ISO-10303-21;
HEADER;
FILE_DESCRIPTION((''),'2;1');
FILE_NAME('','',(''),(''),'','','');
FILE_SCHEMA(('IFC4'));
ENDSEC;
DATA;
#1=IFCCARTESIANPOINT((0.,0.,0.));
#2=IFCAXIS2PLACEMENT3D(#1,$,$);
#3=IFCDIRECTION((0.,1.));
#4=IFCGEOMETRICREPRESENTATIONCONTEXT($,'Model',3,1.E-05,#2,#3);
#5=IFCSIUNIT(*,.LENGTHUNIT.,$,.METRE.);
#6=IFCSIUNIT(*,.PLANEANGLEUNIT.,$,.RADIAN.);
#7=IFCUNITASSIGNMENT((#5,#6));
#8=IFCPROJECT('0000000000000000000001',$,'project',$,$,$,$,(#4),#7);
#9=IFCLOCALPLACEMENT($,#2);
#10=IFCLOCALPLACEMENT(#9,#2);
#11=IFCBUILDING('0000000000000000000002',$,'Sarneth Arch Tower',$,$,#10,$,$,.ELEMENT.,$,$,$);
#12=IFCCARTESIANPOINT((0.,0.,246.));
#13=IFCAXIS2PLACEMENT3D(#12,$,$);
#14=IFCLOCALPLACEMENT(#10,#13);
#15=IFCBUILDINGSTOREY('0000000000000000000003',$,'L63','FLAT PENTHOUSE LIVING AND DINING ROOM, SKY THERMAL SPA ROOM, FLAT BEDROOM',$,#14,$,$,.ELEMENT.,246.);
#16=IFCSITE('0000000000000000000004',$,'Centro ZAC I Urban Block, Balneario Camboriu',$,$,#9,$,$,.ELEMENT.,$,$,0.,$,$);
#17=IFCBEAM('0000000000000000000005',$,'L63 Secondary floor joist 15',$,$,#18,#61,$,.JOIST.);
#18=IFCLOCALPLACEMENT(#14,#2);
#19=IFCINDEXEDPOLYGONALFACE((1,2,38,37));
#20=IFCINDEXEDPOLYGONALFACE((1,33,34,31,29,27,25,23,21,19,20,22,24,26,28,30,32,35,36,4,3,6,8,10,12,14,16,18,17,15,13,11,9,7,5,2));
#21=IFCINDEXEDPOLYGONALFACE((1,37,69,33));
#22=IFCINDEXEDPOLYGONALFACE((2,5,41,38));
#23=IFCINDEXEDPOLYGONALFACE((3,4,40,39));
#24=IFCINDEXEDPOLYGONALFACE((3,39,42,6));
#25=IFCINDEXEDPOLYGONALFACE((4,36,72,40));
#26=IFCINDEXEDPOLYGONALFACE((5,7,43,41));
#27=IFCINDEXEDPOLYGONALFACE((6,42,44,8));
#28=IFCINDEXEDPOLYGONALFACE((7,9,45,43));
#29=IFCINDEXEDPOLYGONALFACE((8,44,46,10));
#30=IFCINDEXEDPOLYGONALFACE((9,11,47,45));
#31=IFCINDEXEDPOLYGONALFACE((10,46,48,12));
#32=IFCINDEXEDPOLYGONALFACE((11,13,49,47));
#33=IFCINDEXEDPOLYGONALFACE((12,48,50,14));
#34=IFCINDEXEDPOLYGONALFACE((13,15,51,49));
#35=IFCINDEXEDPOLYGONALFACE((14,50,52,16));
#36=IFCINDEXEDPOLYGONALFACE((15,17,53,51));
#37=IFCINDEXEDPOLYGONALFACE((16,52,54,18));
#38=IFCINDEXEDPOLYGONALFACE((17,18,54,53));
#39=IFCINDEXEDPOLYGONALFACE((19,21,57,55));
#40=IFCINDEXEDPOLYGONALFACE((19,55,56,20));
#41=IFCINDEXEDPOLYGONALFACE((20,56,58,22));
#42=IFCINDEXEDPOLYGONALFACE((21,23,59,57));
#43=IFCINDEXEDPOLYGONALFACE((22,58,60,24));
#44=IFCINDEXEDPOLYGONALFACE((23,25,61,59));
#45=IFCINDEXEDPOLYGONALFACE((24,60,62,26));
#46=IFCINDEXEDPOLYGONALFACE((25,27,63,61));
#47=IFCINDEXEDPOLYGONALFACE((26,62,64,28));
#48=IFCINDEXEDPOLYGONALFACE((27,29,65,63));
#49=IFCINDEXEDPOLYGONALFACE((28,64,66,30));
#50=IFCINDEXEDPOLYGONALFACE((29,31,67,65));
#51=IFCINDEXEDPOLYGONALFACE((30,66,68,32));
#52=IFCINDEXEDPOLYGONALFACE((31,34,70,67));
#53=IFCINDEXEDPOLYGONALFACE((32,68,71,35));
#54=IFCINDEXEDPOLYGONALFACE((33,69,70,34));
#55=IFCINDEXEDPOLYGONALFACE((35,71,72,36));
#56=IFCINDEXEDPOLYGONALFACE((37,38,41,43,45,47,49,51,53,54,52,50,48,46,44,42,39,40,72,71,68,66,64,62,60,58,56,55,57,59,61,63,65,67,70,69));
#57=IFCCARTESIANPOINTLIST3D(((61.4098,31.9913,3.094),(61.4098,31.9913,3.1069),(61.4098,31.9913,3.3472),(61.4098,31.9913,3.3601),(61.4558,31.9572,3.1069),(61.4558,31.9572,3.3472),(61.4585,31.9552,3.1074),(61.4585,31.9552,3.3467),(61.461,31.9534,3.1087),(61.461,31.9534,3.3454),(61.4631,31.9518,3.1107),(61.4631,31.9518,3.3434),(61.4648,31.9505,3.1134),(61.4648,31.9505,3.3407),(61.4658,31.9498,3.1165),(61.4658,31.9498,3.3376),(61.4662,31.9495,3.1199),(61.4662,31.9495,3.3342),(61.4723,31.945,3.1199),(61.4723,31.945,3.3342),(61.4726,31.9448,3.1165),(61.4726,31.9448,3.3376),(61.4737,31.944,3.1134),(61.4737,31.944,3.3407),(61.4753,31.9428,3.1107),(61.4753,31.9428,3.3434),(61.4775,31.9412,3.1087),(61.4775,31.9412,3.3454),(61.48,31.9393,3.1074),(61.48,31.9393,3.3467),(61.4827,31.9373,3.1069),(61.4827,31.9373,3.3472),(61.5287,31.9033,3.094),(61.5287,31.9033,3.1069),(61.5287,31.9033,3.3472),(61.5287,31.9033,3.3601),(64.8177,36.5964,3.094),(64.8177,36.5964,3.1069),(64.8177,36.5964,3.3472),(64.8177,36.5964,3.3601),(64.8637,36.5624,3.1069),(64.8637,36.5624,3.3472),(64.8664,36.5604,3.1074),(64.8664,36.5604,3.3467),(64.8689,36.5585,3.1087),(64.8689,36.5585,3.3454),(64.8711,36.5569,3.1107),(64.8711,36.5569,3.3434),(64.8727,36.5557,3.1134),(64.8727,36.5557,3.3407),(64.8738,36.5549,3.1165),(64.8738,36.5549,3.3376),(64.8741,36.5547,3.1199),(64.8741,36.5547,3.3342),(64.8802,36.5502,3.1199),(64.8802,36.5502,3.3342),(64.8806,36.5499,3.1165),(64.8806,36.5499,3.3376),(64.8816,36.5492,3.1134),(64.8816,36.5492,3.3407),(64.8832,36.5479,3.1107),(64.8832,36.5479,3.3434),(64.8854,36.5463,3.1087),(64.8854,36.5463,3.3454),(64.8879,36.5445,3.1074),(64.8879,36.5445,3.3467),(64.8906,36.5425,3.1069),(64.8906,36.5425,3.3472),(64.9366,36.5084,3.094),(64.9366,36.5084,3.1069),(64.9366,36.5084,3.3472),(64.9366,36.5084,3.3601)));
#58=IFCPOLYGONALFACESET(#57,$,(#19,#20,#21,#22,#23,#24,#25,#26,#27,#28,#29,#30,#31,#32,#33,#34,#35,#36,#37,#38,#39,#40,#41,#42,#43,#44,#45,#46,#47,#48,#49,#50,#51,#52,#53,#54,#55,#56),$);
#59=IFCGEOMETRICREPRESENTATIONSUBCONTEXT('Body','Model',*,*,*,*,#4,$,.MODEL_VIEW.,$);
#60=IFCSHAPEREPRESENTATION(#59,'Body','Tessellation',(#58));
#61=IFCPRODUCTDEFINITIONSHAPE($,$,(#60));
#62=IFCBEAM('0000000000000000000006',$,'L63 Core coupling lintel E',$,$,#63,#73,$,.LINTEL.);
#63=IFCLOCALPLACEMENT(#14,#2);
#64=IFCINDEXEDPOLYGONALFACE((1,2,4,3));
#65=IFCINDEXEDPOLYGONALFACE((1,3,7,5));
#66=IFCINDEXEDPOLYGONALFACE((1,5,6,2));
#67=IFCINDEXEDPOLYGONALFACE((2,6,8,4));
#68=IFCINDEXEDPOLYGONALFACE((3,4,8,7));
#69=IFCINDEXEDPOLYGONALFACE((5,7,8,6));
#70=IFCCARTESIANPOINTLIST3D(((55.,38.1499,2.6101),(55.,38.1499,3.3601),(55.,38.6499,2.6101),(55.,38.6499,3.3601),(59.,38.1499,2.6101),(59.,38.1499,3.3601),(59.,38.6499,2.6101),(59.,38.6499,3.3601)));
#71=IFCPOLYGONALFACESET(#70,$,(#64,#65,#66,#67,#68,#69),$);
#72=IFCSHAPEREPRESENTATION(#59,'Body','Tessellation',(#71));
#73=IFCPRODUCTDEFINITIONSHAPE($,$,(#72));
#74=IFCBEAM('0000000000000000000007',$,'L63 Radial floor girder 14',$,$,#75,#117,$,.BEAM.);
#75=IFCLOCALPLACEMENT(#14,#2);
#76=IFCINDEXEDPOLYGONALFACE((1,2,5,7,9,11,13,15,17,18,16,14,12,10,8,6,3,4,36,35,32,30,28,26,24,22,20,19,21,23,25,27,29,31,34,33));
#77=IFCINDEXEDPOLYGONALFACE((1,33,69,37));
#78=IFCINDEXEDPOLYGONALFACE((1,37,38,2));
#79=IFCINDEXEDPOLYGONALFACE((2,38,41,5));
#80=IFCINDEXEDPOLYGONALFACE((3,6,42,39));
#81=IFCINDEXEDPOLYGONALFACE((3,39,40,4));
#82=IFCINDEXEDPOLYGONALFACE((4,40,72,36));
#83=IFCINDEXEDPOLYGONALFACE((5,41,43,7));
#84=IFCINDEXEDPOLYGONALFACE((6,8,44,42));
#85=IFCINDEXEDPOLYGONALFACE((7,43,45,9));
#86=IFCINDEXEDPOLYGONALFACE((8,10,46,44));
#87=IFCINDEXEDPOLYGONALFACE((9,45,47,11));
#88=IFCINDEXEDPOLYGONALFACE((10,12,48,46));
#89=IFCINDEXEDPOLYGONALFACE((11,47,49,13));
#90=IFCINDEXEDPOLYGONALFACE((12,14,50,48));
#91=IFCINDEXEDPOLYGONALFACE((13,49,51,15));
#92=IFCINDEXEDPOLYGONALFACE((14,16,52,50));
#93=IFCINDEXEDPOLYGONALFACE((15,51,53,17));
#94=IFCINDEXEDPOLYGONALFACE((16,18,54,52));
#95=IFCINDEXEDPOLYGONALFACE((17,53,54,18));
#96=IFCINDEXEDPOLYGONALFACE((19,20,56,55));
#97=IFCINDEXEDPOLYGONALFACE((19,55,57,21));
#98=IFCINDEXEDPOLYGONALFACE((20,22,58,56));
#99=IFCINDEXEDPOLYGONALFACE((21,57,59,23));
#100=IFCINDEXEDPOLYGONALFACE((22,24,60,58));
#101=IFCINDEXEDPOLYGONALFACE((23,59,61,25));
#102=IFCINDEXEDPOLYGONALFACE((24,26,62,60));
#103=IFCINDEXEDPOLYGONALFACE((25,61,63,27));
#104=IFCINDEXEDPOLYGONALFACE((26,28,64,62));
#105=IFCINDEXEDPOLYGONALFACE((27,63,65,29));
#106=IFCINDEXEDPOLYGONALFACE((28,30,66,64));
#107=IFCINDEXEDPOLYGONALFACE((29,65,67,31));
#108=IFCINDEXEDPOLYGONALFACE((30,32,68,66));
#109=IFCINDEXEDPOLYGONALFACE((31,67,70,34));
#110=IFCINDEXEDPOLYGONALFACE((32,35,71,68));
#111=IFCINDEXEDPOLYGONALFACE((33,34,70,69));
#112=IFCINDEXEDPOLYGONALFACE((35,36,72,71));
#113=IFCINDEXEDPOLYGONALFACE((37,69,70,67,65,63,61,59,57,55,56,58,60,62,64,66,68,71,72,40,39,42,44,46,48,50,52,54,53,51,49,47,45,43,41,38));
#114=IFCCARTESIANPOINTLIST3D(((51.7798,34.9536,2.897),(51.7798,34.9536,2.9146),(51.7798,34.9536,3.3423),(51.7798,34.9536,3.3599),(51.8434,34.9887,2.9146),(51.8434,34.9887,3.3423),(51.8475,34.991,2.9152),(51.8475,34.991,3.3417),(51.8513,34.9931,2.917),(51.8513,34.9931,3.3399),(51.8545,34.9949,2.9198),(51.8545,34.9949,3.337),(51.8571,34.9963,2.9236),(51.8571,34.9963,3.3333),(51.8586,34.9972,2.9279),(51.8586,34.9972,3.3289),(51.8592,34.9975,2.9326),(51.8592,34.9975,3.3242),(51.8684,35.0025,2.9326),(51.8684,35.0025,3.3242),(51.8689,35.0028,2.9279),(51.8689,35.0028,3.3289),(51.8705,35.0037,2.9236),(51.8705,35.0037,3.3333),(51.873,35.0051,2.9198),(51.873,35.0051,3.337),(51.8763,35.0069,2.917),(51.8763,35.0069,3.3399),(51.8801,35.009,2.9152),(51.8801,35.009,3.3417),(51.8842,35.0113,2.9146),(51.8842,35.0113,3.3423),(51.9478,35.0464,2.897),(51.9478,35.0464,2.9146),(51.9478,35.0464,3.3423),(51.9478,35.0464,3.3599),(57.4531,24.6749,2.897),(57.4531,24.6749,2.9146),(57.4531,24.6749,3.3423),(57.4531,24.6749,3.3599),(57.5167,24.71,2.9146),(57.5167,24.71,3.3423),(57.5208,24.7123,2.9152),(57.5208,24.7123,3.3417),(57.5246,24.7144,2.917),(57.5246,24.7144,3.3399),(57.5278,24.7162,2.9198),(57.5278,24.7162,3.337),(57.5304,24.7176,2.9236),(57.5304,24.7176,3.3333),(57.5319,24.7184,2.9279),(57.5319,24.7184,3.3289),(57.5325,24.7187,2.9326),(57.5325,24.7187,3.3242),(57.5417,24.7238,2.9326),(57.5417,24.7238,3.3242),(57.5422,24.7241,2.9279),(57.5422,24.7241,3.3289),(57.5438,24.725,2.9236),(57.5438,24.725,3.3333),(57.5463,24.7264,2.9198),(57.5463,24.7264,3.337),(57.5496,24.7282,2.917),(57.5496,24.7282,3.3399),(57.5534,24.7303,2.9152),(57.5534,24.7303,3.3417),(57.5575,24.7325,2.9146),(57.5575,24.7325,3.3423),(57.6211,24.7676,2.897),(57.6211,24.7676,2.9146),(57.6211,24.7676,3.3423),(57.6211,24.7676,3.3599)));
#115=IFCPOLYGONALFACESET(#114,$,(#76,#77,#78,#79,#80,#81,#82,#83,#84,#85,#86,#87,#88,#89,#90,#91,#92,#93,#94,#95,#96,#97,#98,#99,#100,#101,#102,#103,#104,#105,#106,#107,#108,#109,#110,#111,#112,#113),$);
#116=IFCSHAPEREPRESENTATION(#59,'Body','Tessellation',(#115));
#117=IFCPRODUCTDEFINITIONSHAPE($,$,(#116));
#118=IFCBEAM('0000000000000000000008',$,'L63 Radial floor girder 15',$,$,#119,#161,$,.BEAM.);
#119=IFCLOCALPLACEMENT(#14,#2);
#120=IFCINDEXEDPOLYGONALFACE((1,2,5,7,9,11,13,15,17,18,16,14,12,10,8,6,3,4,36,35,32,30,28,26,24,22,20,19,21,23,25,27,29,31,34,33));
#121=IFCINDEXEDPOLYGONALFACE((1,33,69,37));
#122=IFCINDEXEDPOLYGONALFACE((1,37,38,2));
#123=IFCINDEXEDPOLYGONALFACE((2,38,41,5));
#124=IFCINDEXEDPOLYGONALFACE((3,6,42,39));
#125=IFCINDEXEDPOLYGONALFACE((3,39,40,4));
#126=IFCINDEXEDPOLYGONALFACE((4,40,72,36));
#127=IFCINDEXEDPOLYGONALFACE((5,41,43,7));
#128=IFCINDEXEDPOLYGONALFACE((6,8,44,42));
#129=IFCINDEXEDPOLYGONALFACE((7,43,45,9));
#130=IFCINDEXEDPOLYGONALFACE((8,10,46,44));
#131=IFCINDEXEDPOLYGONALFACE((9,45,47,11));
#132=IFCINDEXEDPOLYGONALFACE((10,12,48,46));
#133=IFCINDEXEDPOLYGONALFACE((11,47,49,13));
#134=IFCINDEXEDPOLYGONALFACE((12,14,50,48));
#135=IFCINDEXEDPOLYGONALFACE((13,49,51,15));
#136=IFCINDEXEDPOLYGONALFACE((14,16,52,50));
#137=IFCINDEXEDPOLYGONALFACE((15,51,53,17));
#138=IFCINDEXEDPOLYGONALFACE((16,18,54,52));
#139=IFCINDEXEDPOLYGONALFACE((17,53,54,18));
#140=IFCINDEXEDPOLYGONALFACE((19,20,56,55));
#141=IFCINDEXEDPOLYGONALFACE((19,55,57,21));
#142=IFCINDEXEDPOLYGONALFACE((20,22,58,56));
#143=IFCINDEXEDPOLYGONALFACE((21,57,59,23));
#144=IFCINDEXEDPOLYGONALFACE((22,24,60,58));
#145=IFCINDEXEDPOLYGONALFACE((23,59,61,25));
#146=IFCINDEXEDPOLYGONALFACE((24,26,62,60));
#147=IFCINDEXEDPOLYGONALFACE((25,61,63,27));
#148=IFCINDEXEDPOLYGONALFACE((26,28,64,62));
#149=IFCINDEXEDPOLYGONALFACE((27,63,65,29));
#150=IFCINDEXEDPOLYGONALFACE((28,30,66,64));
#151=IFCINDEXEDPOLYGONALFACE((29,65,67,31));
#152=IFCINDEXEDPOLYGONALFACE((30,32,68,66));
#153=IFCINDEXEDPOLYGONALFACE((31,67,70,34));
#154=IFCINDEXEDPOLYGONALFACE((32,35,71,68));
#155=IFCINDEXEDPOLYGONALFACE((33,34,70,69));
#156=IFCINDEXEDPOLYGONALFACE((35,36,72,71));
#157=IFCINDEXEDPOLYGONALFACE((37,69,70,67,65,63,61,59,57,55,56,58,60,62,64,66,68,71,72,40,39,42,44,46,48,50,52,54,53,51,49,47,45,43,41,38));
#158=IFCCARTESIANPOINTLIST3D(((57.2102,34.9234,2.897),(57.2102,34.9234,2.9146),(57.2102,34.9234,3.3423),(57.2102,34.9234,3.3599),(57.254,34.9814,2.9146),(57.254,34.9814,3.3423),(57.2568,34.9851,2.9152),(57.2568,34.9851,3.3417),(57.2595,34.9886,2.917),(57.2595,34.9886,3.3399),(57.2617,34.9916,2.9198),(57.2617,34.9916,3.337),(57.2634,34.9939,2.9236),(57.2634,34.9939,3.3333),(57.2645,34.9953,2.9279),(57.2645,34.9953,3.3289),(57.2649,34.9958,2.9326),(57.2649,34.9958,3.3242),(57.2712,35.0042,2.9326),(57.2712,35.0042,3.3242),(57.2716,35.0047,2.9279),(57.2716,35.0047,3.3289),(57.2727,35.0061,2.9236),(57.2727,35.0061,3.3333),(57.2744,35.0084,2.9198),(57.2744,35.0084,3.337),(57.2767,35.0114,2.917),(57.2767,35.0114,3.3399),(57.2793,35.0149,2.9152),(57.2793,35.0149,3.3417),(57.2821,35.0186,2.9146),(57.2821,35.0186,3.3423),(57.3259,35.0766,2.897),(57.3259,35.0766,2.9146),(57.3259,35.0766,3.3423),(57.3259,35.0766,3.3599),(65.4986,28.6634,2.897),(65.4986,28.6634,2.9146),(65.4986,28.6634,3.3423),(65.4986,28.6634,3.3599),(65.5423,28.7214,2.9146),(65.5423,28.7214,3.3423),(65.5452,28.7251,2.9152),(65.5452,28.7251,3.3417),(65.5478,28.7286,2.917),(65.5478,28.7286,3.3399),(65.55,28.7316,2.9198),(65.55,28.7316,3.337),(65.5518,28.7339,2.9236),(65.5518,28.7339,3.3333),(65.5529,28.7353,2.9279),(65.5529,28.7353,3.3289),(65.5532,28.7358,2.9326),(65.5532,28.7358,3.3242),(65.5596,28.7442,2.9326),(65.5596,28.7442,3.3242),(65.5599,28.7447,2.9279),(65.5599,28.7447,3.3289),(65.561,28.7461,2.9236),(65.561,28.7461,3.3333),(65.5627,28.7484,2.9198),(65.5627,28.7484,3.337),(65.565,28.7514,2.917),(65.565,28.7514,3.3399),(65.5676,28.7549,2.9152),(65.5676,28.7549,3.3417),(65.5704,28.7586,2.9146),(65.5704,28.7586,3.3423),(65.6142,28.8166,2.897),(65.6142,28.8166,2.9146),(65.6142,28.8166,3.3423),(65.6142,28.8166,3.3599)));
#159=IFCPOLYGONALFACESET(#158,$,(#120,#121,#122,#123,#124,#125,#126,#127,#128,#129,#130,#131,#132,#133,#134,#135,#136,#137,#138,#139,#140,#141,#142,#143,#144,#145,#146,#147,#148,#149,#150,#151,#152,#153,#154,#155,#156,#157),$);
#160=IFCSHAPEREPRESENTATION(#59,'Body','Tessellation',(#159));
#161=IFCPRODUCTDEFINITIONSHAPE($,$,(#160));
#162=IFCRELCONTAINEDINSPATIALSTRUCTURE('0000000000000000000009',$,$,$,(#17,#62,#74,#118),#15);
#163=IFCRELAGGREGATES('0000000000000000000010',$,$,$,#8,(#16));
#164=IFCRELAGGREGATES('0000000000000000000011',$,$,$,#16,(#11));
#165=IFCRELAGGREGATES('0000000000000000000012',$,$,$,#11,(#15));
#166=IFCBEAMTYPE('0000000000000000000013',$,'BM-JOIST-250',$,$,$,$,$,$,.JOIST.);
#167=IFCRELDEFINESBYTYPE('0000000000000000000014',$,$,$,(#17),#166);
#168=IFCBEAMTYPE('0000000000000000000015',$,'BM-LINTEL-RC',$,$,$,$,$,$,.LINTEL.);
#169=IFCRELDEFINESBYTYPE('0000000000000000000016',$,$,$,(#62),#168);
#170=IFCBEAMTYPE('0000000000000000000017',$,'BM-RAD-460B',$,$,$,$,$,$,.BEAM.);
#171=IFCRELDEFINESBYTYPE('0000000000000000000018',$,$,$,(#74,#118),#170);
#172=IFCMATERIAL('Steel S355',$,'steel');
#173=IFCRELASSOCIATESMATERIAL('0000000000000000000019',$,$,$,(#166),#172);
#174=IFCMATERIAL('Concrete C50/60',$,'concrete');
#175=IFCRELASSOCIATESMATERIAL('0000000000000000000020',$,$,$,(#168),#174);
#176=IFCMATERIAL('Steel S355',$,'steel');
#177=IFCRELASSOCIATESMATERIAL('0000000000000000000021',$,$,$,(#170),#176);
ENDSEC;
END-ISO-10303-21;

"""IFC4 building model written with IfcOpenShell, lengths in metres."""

from ifc_helpers import new_model, si_unit, direction, frame, origin, origin_2d, place, context, subcontext, project, spatial, rectangle, i_section, extrude, material, material_profile, profile_set, type_object, element, save


model = new_model("IFC4")

# Units and contexts
model_context = context("Model", 3, precision=1e-05, world=origin(), true_north=direction((0.0, 1.0)))
body_context = subcontext(model_context, "Body", "Model", "MODEL_VIEW")
ifc_project = project(units=[si_unit("LENGTHUNIT", "METRE"), si_unit("PLANEANGLEUNIT", "RADIAN")], contexts=[model_context])

# Site, building, storey
site_placement = place(None, origin())
site = spatial("IfcSite", under=ifc_project, at=site_placement, Name="Centro ZAC I Urban Block, Balneario Camboriu", CompositionType="ELEMENT", RefElevation=0.0)
building_placement = place(site_placement, origin())
building = spatial("IfcBuilding", under=site, at=building_placement, Name="Sarneth Arch Tower", CompositionType="ELEMENT")
storey_placement = place(building_placement, frame((0.0, 0.0, 246.0)))
storey = spatial("IfcBuildingStorey", under=building, at=storey_placement, Name="L63", Description="FLAT PENTHOUSE LIVING AND DINING ROOM, SKY THERMAL SPA ROOM, FLAT BEDROOM", CompositionType="ELEMENT", Elevation=246.0)

# Beams
ifc_material_1 = material(Name="Steel S355", Category="steel")
ifc_material_profile_1 = material_profile(ifc_material_1, i_section(OverallWidth=0.1479, OverallDepth=0.2661, WebThickness=0.0076, FlangeThickness=0.0129, FilletRadius=0.0129, at=origin_2d()), Name="W250x44.8")
ifc_profile_set_1 = profile_set([ifc_material_profile_1], Name="Steel S355")
beam_type_1 = type_object("IfcBeamType", Name="BM-JOIST-250", PredefinedType="JOIST", material=ifc_profile_set_1)
beam_1_placement = place(storey_placement, frame((61.4692, 31.9473, 3.2271), z_axis=(0.594853, 0.803834, 0.0), x_axis=(-0.803834, 0.594853, 0.0)))
element("IfcBeam", 1, at=beam_1_placement, inside=storey, type_object=beam_type_1, Name="L63 Secondary floor joist 15", PredefinedType="JOIST", context=body_context, shape_type="SweptSolid", body=[
    extrude(i_section(OverallWidth=0.1479, OverallDepth=0.2661, WebThickness=0.0076, FlangeThickness=0.0129, FilletRadius=0.0129, at=origin_2d()), origin(), (0.0, 0.0, 1.0), 5.729),
])
ifc_material_2 = material(Name="Concrete C50/60", Category="concrete")
ifc_material_profile_2 = material_profile(ifc_material_2, rectangle(XDim=0.5, YDim=0.75, at=origin_2d()), Name="RC-500x750")
ifc_profile_set_2 = profile_set([ifc_material_profile_2], Name="Concrete C50/60")
beam_type_2 = type_object("IfcBeamType", Name="BM-LINTEL-RC", PredefinedType="LINTEL", material=ifc_profile_set_2)
beam_2_placement = place(storey_placement, frame((55.0, 38.3999, 2.9851), z_axis=(1.0, 0.0, 0.0), x_axis=(0.0, 1.0, 0.0)))
element("IfcBeam", 2, at=beam_2_placement, inside=storey, type_object=beam_type_2, Name="L63 Core coupling lintel E", PredefinedType="LINTEL", context=body_context, shape_type="SweptSolid", body=[
    extrude(rectangle(XDim=0.5, YDim=0.75, at=origin_2d()), origin(), (0.0, 0.0, 1.0), 4.0),
])
ifc_material_3 = material(Name="Steel S355", Category="steel")
ifc_material_profile_3 = material_profile(ifc_material_3, i_section(OverallWidth=0.1919, OverallDepth=0.4629, WebThickness=0.0105, FlangeThickness=0.0176, FilletRadius=0.0181, at=origin_2d()), Name="W460x89")
ifc_profile_set_3 = profile_set([ifc_material_profile_3], Name="Steel S355")
beam_type_3 = type_object("IfcBeamType", Name="BM-RAD-460B", PredefinedType="BEAM", material=ifc_profile_set_3)
beam_3_placement = place(storey_placement, frame((51.8638, 35.0, 3.1284), z_axis=(0.483226, -0.875496, 0.0), x_axis=(0.875496, 0.483226, 0.0)))
element("IfcBeam", 3, at=beam_3_placement, inside=storey, type_object=beam_type_3, Name="L63 Radial floor girder 14", PredefinedType="BEAM", context=body_context, shape_type="SweptSolid", body=[
    extrude(i_section(OverallWidth=0.1919, OverallDepth=0.4629, WebThickness=0.0105, FlangeThickness=0.0176, FilletRadius=0.0181, at=origin_2d()), origin(), (0.0, 0.0, 1.0), 11.7405),
])
beam_4_placement = place(storey_placement, frame((57.2681, 35.0, 3.1284), z_axis=(0.797973, -0.602693, 0.0), x_axis=(0.602693, 0.797973, 0.0)))
element("IfcBeam", 4, at=beam_4_placement, inside=storey, type_object=beam_type_3, Name="L63 Radial floor girder 15", PredefinedType="BEAM", context=body_context, shape_type="SweptSolid", body=[
    extrude(i_section(OverallWidth=0.1919, OverallDepth=0.4629, WebThickness=0.0105, FlangeThickness=0.0176, FilletRadius=0.0181, at=origin_2d()), origin(), (0.0, 0.0, 1.0), 10.3867),
])

save(model, "model.ifc")
